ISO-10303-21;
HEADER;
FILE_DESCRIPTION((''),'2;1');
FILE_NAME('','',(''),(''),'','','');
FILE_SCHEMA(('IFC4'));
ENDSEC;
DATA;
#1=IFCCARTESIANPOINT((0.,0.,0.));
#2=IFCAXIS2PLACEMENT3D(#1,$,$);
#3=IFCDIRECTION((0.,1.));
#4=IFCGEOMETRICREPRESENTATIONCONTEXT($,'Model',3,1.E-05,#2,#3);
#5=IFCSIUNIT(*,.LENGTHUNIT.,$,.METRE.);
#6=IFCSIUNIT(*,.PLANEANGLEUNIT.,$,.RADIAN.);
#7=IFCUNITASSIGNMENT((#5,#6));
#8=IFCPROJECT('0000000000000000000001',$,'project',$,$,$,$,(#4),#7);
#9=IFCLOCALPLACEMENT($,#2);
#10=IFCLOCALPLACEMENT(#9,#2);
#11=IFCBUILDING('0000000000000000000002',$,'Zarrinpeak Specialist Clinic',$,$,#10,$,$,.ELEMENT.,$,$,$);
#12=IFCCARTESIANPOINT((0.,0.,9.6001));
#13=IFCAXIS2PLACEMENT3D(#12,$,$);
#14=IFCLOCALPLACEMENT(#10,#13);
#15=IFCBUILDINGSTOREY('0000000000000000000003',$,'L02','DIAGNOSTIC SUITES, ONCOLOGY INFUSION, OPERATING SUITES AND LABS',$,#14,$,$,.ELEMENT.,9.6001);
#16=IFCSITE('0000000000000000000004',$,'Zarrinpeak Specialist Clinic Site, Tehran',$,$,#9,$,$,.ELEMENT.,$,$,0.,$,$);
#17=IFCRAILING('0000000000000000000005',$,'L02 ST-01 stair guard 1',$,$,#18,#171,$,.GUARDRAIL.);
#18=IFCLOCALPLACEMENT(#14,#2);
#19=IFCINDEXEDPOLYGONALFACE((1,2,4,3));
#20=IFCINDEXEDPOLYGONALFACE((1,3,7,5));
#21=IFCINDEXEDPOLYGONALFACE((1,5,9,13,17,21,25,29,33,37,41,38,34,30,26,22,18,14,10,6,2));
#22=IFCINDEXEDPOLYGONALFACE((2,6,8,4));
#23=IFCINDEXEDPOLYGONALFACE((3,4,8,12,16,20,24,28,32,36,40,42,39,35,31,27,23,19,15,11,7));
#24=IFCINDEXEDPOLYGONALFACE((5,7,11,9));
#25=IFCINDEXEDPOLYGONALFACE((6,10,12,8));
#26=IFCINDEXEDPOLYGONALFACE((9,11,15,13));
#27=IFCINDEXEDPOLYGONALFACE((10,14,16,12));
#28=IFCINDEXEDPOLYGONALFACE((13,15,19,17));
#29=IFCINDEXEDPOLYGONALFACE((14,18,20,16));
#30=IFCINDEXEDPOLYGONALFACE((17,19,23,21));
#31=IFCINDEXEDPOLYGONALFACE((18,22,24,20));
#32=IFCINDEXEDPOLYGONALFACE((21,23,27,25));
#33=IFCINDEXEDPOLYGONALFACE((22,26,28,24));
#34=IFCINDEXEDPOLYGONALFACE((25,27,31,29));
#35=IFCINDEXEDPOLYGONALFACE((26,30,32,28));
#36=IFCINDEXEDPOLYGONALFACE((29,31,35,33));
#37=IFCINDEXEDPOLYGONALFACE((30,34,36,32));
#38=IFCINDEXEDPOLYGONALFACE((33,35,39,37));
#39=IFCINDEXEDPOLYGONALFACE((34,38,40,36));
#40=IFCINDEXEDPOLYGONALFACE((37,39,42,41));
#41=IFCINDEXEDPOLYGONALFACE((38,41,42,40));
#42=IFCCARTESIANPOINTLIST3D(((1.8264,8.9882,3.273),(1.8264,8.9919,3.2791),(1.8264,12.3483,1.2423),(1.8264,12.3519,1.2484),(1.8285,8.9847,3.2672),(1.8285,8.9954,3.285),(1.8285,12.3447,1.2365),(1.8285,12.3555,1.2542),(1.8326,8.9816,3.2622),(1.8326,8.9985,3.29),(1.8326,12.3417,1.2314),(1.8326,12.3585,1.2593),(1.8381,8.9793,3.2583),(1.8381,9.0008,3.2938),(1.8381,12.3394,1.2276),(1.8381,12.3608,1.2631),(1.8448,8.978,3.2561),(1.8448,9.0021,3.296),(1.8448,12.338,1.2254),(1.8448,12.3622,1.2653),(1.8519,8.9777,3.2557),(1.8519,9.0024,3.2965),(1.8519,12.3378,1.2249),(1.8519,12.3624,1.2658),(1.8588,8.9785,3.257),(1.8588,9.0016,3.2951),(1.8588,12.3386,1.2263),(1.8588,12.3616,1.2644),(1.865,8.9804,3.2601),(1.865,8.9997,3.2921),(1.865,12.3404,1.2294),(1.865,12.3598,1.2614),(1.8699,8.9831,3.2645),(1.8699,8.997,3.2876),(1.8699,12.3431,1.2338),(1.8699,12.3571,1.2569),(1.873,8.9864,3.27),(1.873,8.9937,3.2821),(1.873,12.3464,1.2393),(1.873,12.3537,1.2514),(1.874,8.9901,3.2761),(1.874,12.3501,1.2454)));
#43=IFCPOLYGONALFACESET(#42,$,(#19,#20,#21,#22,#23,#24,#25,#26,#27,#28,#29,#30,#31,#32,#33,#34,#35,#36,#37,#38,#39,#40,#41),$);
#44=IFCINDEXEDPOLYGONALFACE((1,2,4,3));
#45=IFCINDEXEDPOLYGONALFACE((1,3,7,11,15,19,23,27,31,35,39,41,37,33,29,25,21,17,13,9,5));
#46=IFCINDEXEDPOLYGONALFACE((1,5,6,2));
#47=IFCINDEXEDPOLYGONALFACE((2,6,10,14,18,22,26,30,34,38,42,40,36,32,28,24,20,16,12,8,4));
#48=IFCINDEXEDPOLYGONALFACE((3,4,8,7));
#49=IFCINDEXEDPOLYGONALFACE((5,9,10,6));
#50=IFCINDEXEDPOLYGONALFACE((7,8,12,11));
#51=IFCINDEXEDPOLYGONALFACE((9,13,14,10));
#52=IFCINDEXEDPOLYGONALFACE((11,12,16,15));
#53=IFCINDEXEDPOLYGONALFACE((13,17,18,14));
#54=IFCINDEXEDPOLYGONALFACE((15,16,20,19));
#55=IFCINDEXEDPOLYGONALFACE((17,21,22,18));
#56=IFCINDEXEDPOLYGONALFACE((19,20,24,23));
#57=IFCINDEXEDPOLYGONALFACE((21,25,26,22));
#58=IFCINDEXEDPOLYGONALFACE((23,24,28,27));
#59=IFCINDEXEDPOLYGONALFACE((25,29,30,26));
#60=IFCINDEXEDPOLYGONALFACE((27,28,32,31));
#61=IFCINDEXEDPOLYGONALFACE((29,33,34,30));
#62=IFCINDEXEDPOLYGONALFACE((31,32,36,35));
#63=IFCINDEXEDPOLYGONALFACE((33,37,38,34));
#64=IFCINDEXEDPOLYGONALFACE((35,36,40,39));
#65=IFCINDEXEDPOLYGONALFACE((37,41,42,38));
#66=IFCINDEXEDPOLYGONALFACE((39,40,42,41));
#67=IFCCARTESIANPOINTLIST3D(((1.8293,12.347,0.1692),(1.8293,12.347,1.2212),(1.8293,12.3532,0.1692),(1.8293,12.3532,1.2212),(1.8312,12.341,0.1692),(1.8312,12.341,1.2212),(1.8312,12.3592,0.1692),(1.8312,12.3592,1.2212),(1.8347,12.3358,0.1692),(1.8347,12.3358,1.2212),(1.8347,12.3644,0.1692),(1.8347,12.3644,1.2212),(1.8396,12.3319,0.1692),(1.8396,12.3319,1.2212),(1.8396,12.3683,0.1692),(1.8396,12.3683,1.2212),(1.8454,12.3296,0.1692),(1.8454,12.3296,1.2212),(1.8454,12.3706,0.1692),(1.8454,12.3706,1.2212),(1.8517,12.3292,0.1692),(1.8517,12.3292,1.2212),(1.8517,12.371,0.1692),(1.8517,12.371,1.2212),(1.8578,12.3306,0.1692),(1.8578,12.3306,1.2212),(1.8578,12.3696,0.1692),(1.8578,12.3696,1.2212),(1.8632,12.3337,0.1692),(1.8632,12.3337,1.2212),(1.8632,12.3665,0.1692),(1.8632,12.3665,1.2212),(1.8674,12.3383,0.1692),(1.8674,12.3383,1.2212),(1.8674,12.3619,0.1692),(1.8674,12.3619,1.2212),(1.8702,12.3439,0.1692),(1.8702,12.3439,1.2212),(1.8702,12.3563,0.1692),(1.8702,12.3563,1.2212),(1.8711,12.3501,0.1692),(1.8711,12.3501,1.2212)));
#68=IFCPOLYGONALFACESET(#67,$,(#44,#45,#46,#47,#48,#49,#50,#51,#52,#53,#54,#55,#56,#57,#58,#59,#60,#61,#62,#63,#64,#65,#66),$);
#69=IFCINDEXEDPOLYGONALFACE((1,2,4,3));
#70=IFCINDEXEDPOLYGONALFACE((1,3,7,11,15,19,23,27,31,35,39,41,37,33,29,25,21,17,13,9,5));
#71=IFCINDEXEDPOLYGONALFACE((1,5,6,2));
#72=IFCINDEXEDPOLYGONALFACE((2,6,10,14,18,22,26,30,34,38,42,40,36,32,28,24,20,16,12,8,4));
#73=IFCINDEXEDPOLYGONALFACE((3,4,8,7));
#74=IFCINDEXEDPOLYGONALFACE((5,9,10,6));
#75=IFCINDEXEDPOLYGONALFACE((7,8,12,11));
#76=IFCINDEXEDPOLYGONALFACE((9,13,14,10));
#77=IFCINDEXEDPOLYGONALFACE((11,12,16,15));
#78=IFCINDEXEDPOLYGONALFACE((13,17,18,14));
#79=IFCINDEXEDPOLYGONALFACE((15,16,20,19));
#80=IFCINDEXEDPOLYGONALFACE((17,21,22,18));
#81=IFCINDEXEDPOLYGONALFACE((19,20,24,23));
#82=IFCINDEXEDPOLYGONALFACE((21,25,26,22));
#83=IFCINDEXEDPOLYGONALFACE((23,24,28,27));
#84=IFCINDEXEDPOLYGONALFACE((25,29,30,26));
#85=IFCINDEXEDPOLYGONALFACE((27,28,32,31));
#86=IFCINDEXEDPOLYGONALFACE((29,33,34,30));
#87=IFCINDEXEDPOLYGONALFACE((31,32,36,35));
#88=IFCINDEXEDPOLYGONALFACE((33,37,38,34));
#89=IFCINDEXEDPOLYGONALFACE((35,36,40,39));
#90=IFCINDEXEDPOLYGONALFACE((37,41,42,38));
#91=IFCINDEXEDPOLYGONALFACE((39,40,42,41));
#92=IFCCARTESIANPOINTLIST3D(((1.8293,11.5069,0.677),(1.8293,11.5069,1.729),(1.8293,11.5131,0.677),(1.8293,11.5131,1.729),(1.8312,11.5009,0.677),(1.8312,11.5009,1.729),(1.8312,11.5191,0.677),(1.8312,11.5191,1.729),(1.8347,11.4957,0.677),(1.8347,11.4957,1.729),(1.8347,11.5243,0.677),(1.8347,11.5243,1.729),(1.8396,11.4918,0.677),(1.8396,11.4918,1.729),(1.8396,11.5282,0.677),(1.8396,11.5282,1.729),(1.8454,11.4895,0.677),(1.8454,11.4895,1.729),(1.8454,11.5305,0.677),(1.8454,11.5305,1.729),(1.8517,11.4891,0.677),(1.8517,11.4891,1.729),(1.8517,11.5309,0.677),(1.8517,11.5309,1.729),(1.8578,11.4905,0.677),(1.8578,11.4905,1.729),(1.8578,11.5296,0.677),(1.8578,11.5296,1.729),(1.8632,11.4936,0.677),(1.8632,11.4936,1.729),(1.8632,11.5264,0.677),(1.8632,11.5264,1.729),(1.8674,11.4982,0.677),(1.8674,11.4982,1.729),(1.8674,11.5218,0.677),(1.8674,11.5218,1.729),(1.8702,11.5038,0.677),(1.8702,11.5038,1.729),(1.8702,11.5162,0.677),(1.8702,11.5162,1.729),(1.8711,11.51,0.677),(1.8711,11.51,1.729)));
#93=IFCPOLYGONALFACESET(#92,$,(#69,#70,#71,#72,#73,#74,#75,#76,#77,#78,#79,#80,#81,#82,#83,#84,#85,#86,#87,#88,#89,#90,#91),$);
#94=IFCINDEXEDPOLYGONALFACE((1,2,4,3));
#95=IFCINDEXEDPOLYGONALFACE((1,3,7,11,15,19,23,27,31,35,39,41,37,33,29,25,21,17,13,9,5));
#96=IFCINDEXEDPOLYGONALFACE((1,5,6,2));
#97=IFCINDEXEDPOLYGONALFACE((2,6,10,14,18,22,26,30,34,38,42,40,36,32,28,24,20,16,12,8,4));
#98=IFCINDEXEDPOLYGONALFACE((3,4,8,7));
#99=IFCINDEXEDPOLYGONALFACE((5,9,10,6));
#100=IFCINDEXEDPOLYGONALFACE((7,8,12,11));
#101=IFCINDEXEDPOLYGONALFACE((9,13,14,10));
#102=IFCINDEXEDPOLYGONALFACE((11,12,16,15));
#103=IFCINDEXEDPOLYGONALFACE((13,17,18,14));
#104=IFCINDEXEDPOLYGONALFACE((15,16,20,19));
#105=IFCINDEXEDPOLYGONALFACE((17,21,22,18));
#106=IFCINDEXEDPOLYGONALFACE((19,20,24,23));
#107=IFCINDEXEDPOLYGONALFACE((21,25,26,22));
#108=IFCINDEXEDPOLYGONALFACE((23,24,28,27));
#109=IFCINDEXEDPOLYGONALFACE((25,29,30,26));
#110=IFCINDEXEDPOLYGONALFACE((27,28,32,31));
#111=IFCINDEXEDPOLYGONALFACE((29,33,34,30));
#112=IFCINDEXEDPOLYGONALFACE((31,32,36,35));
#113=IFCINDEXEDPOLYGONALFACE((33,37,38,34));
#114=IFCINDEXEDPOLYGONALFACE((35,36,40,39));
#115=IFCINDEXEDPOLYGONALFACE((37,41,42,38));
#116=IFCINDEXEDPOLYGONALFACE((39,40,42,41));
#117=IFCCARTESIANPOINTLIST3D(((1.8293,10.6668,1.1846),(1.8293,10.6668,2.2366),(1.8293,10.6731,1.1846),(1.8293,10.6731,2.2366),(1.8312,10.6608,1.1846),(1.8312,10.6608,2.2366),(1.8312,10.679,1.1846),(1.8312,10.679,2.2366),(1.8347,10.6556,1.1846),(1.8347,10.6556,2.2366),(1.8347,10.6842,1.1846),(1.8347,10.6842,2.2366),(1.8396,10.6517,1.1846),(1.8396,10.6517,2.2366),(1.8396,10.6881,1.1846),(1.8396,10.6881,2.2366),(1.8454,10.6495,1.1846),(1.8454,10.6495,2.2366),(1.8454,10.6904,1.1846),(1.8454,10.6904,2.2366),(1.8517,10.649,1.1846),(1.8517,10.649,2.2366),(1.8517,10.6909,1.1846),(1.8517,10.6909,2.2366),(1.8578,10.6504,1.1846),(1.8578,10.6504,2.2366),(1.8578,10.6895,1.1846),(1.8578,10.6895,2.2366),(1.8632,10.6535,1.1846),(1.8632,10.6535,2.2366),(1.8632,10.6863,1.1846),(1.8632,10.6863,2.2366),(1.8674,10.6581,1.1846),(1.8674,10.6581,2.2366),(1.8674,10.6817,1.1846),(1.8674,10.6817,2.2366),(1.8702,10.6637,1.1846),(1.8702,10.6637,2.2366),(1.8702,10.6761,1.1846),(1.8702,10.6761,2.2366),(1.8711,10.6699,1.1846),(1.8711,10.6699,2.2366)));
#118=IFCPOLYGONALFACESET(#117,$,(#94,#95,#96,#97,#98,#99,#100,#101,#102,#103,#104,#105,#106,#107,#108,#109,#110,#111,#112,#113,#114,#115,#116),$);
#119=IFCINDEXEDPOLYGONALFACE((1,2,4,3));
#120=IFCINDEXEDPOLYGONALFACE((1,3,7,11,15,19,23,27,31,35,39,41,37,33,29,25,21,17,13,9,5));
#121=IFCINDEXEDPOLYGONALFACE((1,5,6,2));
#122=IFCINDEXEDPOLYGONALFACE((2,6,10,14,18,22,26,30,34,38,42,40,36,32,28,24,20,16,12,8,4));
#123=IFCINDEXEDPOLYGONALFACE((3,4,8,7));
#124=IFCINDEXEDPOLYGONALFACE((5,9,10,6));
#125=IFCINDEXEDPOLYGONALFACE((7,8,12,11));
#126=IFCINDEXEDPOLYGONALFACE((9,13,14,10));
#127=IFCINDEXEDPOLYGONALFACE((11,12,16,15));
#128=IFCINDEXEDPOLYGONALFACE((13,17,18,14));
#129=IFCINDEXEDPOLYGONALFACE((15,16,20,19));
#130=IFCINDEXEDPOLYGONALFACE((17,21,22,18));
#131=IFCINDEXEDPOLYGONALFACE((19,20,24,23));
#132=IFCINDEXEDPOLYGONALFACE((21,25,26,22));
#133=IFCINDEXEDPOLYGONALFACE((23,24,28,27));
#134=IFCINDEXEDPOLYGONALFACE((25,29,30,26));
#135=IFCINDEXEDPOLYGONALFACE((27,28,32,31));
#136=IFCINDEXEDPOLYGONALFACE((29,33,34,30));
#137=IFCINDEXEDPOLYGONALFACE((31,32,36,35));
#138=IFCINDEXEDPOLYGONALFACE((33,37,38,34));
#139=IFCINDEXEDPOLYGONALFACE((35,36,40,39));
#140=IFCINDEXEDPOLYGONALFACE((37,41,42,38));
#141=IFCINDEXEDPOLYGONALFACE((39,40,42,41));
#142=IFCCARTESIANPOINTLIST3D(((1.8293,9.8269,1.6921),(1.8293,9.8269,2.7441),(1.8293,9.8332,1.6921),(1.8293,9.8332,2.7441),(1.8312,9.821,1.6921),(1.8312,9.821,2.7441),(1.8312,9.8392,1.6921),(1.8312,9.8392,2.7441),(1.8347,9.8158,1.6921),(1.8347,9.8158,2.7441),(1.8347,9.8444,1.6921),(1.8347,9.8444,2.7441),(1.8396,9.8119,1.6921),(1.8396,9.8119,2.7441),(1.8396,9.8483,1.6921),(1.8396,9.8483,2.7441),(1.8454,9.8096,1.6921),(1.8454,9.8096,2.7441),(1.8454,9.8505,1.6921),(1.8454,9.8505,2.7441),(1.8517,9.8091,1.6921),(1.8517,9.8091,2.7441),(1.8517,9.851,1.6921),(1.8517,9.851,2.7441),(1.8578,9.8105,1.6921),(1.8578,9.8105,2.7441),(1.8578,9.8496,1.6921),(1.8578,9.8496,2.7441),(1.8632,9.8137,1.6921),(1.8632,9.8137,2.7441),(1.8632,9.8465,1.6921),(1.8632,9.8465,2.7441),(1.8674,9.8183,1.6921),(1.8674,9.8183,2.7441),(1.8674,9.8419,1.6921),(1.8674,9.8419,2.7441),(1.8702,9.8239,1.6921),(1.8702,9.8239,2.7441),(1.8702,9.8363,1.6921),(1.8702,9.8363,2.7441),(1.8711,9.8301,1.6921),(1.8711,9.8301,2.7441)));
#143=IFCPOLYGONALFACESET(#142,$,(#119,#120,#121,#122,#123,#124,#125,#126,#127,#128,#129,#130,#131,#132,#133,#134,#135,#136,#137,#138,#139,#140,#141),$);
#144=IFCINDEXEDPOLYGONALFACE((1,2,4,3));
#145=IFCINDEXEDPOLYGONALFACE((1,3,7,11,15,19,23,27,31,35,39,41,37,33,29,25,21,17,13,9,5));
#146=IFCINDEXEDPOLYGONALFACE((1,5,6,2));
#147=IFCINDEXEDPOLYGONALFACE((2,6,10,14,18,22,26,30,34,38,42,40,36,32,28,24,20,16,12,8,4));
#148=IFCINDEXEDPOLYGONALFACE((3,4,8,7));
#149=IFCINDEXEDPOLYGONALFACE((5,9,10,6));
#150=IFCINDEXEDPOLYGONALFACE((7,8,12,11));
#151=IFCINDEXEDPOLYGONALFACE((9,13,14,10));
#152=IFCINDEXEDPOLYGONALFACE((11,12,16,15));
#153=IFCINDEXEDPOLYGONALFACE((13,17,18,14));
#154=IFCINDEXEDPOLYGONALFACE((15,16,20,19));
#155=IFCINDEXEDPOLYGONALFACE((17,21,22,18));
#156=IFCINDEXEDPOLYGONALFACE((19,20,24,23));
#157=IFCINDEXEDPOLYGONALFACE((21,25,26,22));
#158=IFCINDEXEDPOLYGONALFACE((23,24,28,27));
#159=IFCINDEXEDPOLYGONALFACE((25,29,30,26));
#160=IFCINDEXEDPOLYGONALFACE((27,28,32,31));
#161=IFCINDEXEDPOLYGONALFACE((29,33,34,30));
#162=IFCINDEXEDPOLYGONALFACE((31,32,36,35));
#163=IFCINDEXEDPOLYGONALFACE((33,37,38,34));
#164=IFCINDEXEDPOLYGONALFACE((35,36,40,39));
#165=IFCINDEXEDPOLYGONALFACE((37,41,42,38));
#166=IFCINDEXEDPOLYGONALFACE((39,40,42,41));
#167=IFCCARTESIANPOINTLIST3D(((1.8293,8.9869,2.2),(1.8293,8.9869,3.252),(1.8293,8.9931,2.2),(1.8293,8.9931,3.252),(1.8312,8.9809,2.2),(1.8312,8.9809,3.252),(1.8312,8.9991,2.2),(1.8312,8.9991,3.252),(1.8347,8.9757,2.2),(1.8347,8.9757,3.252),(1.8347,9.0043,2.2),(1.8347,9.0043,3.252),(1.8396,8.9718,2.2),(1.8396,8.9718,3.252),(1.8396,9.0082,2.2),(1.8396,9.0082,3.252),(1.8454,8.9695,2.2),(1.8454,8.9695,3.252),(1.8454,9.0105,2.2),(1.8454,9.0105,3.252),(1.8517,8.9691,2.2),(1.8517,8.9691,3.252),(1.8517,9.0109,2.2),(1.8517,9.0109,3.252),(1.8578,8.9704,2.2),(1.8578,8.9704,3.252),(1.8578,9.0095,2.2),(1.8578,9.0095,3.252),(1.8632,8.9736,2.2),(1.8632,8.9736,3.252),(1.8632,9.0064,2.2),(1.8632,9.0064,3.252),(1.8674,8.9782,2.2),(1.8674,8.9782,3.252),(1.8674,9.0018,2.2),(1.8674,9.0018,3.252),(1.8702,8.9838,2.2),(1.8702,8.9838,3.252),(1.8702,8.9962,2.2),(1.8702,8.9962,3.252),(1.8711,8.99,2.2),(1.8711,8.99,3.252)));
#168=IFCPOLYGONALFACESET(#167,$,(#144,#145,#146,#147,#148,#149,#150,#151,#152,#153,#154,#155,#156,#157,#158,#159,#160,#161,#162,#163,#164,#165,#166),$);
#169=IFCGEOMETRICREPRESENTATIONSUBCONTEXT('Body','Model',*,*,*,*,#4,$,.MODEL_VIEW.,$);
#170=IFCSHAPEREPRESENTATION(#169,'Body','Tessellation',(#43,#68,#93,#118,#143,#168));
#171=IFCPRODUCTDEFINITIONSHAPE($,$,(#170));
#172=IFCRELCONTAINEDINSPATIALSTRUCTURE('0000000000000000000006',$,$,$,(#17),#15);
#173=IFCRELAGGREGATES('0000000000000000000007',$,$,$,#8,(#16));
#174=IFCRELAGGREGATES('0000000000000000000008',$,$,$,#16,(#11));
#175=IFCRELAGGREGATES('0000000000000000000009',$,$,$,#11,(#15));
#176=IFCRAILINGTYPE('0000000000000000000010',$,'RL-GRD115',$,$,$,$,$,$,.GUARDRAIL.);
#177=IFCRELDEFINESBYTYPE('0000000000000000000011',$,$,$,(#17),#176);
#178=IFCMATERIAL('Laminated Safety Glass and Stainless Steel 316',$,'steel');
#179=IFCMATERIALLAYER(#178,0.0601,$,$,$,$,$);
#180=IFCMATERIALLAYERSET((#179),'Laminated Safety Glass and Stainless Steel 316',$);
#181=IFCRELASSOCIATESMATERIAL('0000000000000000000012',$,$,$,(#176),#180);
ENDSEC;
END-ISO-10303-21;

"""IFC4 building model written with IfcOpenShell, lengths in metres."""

from ifc_helpers import new_model, si_unit, direction, frame, origin, origin_2d, place, context, subcontext, project, spatial, circle, extrude, material, layer, layer_set, type_object, element, save


model = new_model("IFC4")

# Units and contexts
model_context = context("Model", 3, precision=1e-05, world=origin(), true_north=direction((0.0, 1.0)))
body_context = subcontext(model_context, "Body", "Model", "MODEL_VIEW")
ifc_project = project(units=[si_unit("LENGTHUNIT", "METRE"), si_unit("PLANEANGLEUNIT", "RADIAN")], contexts=[model_context])

# Site, building, storey
site_placement = place(None, origin())
site = spatial("IfcSite", under=ifc_project, at=site_placement, Name="Zarrinpeak Specialist Clinic Site, Tehran", CompositionType="ELEMENT", RefElevation=0.0)
building_placement = place(site_placement, origin())
building = spatial("IfcBuilding", under=site, at=building_placement, Name="Zarrinpeak Specialist Clinic", CompositionType="ELEMENT")
storey_placement = place(building_placement, frame((0.0, 0.0, 9.6001)))
storey = spatial("IfcBuildingStorey", under=building, at=storey_placement, Name="L02", Description="DIAGNOSTIC SUITES, ONCOLOGY INFUSION, OPERATING SUITES AND LABS", CompositionType="ELEMENT", Elevation=9.6001)

# Railing
ifc_material_1 = material(Name="Laminated Safety Glass and Stainless Steel 316", Category="steel")
ifc_layer_1 = layer(ifc_material_1, 0.0601)
ifc_layer_set_1 = layer_set([ifc_layer_1], Name="Laminated Safety Glass and Stainless Steel 316")
railing_type_1 = type_object("IfcRailingType", Name="RL-GRD115", PredefinedType="GUARDRAIL", material=ifc_layer_set_1)
railing_1_placement = place(storey_placement, frame((1.8501, 12.3501, 0.1692)))
element("IfcRailing", 1, at=railing_1_placement, inside=storey, type_object=railing_type_1, Name="L02 ST-01 stair guard 1", PredefinedType="GUARDRAIL", context=body_context, shape_type="SweptSolid", body=[
    extrude(circle(Radius=0.0239, at=origin_2d()), frame((0.0, 0.0, 1.0762), z_axis=(0.0, -0.855837, 0.517246), x_axis=(1.0, 0.0, 0.0)), (0.0, 0.0, 1.0), 3.926),
    extrude(circle(Radius=0.021, at=origin_2d()), origin(), (0.0, 0.0, 1.0), 1.052),
    extrude(circle(Radius=0.021, at=origin_2d()), frame((0.0, -0.8401, 0.5078)), (0.0, 0.0, 1.0), 1.052),
    extrude(circle(Radius=0.021, at=origin_2d()), frame((0.0, -1.6802, 1.0154)), (0.0, 0.0, 1.0), 1.052),
    extrude(circle(Radius=0.021, at=origin_2d()), frame((0.0, -2.52, 1.5229)), (0.0, 0.0, 1.0), 1.052),
    extrude(circle(Radius=0.021, at=origin_2d()), frame((0.0, -3.3601, 2.0308)), (0.0, 0.0, 1.0), 1.052),
])

save(model, "model.ifc")
